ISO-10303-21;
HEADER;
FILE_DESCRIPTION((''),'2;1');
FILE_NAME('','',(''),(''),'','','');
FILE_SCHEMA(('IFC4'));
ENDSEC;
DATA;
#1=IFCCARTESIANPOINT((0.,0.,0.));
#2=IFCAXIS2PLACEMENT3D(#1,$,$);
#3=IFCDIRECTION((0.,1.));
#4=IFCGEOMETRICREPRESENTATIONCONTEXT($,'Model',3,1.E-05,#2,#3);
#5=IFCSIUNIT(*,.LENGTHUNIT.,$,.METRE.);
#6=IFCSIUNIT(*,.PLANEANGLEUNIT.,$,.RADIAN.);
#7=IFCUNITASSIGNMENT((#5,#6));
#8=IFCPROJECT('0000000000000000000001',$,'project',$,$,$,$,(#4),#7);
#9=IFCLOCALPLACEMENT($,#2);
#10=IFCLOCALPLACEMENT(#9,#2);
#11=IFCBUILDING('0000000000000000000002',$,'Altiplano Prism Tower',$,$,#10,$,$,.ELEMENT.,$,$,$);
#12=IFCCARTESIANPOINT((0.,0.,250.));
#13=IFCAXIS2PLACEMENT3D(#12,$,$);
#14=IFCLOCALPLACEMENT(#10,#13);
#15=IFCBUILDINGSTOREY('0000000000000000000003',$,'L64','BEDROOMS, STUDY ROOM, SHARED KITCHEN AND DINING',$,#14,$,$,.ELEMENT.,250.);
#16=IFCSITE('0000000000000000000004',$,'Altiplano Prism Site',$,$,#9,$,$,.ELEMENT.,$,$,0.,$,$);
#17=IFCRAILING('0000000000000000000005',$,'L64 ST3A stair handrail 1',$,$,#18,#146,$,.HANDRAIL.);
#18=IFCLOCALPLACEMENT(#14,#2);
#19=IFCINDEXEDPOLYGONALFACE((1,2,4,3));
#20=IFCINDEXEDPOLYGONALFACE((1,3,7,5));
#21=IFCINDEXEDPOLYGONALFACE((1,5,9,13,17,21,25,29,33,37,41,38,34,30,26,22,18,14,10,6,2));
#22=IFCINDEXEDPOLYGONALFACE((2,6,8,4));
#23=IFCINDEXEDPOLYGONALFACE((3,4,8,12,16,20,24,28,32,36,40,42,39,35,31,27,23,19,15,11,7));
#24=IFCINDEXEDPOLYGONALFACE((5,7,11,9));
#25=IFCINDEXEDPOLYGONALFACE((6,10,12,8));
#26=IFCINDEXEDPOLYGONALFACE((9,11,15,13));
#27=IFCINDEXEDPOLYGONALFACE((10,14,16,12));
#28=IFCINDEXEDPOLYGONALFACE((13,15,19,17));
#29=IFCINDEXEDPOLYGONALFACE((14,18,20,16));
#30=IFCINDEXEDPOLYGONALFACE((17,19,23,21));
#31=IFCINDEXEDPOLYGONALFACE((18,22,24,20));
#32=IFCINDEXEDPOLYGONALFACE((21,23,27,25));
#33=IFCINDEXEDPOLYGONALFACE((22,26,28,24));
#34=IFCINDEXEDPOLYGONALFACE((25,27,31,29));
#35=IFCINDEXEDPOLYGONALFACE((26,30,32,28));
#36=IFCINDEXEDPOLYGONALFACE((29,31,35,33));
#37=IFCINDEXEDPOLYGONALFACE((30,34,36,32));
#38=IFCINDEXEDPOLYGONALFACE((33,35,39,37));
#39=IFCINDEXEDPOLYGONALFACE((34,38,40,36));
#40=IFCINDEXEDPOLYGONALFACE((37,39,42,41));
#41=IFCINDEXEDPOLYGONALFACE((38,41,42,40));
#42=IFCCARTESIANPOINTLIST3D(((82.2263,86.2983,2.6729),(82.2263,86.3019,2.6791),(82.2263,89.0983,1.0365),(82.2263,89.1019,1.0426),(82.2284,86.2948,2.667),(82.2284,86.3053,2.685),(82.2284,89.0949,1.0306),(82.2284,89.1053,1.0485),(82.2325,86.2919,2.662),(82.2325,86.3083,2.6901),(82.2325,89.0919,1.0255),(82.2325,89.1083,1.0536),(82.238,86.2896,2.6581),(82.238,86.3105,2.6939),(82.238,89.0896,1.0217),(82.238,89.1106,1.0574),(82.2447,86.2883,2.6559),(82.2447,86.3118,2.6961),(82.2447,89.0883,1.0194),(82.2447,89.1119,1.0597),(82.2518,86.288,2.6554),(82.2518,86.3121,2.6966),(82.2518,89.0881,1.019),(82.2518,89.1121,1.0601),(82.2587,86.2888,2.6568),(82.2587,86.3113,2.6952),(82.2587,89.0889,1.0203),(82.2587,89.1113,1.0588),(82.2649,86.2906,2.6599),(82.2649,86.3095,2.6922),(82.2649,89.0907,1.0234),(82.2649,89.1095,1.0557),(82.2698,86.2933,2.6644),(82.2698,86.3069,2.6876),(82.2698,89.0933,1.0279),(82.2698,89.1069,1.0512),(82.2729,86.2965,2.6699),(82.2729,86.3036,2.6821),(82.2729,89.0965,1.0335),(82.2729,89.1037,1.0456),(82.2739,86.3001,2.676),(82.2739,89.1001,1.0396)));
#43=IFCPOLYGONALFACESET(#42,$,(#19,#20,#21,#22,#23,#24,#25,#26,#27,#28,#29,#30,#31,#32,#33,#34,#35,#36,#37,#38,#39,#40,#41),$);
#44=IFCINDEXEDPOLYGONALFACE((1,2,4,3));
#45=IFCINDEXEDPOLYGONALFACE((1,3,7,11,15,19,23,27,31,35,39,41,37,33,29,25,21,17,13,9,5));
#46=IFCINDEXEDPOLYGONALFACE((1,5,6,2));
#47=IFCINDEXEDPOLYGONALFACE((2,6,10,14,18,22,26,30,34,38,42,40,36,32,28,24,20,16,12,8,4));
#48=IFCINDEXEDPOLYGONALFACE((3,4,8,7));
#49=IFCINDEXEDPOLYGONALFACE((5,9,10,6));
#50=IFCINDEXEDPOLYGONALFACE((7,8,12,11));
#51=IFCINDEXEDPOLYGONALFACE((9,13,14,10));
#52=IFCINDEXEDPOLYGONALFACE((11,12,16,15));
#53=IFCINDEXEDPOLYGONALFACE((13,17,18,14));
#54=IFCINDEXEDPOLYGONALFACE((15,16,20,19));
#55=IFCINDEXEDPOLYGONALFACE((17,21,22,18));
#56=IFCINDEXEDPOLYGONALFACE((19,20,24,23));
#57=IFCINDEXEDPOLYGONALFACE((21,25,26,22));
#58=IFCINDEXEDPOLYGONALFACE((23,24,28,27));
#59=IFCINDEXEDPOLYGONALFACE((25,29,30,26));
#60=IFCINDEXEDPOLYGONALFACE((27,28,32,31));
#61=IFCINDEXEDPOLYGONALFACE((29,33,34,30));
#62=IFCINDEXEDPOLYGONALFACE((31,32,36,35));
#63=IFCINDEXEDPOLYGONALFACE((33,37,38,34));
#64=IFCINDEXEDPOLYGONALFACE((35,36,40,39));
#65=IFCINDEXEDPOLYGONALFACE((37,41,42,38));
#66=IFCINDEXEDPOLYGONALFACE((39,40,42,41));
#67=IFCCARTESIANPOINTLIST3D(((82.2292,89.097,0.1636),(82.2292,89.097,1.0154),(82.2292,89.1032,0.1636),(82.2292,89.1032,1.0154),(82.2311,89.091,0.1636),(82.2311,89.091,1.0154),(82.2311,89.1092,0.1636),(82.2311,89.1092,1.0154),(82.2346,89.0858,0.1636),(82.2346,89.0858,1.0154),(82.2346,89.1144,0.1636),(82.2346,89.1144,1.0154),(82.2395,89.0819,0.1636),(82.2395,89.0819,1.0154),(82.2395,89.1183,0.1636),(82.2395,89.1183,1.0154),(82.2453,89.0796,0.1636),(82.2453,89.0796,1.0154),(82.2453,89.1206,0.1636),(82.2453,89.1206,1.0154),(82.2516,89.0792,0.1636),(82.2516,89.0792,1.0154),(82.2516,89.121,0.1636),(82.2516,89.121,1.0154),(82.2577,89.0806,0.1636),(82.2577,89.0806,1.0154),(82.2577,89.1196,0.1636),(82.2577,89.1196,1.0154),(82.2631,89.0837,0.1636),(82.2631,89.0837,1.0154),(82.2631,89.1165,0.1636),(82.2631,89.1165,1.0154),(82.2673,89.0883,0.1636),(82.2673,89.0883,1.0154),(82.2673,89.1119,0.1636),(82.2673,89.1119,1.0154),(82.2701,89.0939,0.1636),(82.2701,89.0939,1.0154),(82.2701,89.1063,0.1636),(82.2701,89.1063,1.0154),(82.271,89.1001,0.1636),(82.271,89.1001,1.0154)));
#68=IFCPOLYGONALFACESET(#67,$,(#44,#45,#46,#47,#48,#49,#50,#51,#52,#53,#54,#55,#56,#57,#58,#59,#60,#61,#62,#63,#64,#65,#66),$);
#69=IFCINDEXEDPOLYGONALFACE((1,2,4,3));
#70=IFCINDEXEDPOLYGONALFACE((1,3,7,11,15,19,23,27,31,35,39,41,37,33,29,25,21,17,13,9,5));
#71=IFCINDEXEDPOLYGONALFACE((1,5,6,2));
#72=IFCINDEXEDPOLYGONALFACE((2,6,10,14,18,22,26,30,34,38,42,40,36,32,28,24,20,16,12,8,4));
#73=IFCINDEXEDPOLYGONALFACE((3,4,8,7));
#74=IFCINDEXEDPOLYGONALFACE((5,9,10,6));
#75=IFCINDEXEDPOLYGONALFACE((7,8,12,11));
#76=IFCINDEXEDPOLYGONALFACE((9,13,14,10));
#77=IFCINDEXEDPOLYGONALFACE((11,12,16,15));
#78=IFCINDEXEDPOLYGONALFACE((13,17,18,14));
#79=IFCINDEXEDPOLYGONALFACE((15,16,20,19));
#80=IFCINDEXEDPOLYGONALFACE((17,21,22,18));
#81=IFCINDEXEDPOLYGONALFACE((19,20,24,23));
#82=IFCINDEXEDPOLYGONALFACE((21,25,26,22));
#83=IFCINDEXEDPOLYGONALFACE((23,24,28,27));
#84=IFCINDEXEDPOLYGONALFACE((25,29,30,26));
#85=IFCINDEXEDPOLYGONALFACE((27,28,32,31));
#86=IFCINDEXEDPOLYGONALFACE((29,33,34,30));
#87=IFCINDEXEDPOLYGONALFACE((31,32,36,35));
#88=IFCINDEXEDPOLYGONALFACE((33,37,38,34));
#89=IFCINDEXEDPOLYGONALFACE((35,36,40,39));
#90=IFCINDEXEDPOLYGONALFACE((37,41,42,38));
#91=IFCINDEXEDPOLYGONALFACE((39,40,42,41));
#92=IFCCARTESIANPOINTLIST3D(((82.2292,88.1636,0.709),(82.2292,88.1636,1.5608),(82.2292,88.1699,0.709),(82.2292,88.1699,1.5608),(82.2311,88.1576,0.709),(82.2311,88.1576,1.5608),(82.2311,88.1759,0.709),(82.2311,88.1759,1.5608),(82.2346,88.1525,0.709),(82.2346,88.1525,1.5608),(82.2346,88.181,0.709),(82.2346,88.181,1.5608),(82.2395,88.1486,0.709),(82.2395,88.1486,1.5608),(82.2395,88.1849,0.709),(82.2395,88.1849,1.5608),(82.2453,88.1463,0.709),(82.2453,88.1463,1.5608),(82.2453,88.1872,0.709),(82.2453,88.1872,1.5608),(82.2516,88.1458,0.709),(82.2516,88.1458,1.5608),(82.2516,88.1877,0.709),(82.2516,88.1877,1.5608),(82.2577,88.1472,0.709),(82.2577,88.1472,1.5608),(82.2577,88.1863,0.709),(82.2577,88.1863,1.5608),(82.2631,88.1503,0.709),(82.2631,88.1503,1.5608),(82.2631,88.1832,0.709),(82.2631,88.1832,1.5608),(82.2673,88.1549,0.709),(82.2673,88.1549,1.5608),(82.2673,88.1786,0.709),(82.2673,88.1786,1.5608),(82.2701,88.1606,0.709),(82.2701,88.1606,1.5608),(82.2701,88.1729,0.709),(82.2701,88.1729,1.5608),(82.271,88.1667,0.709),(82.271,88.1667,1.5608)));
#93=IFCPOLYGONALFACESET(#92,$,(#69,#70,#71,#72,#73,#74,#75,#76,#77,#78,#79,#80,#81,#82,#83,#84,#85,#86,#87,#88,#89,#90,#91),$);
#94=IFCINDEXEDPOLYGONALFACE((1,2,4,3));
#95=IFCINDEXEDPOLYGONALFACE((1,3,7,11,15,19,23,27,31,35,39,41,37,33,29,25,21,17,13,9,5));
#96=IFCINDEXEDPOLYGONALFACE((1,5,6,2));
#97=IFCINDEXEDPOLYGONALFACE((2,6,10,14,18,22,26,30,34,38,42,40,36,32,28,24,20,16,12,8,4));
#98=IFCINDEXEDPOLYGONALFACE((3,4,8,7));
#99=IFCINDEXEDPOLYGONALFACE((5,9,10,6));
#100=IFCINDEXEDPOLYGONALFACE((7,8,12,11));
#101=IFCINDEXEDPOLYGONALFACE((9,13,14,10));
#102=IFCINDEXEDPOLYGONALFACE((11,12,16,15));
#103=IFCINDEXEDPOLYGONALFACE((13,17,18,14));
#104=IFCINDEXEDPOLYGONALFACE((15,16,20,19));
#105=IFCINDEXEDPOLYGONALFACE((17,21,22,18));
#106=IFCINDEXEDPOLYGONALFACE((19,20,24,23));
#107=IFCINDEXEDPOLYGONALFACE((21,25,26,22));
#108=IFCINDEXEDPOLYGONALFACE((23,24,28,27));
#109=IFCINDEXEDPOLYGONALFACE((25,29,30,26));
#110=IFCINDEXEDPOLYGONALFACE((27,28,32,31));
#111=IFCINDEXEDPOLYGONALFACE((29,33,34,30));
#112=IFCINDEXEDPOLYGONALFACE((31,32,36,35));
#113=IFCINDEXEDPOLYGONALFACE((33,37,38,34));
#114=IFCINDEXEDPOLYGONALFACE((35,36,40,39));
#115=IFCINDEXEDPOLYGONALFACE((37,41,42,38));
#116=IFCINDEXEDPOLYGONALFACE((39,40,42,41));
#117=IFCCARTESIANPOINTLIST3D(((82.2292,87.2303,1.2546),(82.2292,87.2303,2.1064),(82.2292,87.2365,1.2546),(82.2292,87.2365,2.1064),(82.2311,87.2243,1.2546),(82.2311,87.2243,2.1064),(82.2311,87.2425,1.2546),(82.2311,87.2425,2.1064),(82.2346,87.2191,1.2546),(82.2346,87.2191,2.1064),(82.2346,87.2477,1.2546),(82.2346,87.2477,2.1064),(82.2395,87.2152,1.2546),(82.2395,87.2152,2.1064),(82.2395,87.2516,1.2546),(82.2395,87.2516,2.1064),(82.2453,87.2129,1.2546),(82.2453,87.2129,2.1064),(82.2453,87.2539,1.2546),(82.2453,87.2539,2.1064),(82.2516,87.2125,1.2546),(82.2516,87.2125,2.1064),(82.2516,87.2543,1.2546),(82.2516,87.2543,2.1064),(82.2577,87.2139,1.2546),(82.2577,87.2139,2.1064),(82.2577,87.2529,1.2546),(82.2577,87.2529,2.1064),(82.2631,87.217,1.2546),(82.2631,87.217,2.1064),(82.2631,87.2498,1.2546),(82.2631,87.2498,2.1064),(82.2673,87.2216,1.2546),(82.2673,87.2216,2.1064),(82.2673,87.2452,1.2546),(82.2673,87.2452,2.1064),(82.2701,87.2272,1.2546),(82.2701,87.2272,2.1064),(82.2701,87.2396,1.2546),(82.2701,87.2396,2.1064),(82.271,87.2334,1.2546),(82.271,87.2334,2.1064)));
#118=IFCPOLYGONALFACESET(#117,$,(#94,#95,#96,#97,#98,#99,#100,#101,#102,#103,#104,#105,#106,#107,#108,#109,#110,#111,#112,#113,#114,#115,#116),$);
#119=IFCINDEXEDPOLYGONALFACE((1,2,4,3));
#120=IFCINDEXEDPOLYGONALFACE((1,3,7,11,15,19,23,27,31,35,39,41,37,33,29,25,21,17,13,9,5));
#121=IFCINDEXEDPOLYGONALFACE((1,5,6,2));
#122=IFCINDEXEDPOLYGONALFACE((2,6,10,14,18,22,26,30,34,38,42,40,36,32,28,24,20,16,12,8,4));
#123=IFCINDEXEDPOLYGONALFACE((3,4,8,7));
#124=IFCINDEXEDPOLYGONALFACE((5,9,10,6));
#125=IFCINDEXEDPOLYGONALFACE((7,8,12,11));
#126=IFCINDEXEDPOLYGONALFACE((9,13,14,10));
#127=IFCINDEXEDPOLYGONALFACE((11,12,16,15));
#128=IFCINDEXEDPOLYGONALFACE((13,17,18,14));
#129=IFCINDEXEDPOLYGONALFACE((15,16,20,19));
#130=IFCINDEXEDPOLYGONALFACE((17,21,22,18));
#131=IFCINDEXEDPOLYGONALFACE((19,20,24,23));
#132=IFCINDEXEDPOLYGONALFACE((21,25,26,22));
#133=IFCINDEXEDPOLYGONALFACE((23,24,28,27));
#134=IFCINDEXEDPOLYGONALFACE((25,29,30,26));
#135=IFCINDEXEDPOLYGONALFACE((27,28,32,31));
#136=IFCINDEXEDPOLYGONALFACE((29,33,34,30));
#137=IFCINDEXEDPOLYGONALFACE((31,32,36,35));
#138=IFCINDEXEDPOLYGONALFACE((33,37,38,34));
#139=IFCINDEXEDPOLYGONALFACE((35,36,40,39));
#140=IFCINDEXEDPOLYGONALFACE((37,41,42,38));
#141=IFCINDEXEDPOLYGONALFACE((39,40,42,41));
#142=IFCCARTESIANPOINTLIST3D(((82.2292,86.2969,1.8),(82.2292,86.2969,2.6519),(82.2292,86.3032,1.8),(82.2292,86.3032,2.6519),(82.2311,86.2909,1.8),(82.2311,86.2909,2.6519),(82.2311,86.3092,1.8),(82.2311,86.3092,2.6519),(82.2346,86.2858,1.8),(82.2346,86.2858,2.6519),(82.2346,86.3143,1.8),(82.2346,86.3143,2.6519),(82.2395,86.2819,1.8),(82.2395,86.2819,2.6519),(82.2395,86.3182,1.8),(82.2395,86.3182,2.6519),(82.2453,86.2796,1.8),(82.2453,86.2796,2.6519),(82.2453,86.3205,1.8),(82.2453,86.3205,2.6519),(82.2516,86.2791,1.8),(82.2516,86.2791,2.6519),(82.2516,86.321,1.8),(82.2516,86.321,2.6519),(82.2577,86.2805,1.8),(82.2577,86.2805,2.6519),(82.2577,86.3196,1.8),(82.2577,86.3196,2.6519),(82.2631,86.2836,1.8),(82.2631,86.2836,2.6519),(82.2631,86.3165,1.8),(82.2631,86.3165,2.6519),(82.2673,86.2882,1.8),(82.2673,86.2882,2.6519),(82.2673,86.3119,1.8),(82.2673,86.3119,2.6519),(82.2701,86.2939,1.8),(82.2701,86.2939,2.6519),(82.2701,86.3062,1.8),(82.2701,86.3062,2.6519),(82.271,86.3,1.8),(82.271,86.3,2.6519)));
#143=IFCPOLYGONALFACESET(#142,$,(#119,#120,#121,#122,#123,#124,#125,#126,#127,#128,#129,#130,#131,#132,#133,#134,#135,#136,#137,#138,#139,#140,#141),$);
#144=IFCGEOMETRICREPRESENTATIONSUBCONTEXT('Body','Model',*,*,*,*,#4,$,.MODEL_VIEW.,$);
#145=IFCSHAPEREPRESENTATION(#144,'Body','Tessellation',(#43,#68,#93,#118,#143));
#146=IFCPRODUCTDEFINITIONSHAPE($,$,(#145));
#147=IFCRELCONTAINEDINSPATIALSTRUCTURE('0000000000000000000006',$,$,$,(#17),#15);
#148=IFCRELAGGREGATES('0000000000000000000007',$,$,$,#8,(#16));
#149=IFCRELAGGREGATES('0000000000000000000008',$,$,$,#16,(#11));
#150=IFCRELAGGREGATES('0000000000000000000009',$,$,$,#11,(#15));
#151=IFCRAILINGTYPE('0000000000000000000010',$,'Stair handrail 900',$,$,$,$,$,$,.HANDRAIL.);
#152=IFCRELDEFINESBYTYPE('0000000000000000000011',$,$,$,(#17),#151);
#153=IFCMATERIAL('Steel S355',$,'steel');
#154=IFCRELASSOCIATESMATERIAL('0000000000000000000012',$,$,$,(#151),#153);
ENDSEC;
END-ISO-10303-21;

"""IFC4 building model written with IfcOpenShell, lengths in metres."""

from ifc_helpers import new_model, si_unit, direction, frame, origin, origin_2d, place, context, subcontext, project, spatial, circle, extrude, material, type_object, element, save


model = new_model("IFC4")

# Units and contexts
model_context = context("Model", 3, precision=1e-05, world=origin(), true_north=direction((0.0, 1.0)))
body_context = subcontext(model_context, "Body", "Model", "MODEL_VIEW")
ifc_project = project(units=[si_unit("LENGTHUNIT", "METRE"), si_unit("PLANEANGLEUNIT", "RADIAN")], contexts=[model_context])

# Site, building, storey
site_placement = place(None, origin())
site = spatial("IfcSite", under=ifc_project, at=site_placement, Name="Altiplano Prism Site", CompositionType="ELEMENT", RefElevation=0.0)
building_placement = place(site_placement, origin())
building = spatial("IfcBuilding", under=site, at=building_placement, Name="Altiplano Prism Tower", CompositionType="ELEMENT")
storey_placement = place(building_placement, frame((0.0, 0.0, 250.0)))
storey = spatial("IfcBuildingStorey", under=building, at=storey_placement, Name="L64", Description="BEDROOMS, STUDY ROOM, SHARED KITCHEN AND DINING", CompositionType="ELEMENT", Elevation=250.0)

# Railing
ifc_material_1 = material(Name="Steel S355", Category="steel")
railing_type_1 = type_object("IfcRailingType", Name="Stair handrail 900", PredefinedType="HANDRAIL", material=ifc_material_1)
railing_1_placement = place(storey_placement, frame((82.25, 89.1001, 0.1636)))
element("IfcRailing", 1, at=railing_1_placement, inside=storey, type_object=railing_type_1, Name="L64 ST3A stair handrail 1", PredefinedType="HANDRAIL", context=body_context, shape_type="SweptSolid", body=[
    extrude(circle(Radius=0.0239, at=origin_2d()), frame((0.0, 0.0, 0.876), z_axis=(0.0, -0.863361, 0.504587), x_axis=(1.0, 0.0, 0.0)), (0.0, 0.0, 1.0), 3.2432),
    extrude(circle(Radius=0.021, at=origin_2d()), origin(), (0.0, 0.0, 1.0), 0.8518),
    extrude(circle(Radius=0.021, at=origin_2d()), frame((0.0, -0.9333, 0.5454)), (0.0, 0.0, 1.0), 0.8518),
    extrude(circle(Radius=0.021, at=origin_2d()), frame((0.0, -1.8667, 1.0911)), (0.0, 0.0, 1.0), 0.8518),
    extrude(circle(Radius=0.021, at=origin_2d()), frame((0.0, -2.8, 1.6365)), (0.0, 0.0, 1.0), 0.8518),
])

save(model, "model.ifc")
